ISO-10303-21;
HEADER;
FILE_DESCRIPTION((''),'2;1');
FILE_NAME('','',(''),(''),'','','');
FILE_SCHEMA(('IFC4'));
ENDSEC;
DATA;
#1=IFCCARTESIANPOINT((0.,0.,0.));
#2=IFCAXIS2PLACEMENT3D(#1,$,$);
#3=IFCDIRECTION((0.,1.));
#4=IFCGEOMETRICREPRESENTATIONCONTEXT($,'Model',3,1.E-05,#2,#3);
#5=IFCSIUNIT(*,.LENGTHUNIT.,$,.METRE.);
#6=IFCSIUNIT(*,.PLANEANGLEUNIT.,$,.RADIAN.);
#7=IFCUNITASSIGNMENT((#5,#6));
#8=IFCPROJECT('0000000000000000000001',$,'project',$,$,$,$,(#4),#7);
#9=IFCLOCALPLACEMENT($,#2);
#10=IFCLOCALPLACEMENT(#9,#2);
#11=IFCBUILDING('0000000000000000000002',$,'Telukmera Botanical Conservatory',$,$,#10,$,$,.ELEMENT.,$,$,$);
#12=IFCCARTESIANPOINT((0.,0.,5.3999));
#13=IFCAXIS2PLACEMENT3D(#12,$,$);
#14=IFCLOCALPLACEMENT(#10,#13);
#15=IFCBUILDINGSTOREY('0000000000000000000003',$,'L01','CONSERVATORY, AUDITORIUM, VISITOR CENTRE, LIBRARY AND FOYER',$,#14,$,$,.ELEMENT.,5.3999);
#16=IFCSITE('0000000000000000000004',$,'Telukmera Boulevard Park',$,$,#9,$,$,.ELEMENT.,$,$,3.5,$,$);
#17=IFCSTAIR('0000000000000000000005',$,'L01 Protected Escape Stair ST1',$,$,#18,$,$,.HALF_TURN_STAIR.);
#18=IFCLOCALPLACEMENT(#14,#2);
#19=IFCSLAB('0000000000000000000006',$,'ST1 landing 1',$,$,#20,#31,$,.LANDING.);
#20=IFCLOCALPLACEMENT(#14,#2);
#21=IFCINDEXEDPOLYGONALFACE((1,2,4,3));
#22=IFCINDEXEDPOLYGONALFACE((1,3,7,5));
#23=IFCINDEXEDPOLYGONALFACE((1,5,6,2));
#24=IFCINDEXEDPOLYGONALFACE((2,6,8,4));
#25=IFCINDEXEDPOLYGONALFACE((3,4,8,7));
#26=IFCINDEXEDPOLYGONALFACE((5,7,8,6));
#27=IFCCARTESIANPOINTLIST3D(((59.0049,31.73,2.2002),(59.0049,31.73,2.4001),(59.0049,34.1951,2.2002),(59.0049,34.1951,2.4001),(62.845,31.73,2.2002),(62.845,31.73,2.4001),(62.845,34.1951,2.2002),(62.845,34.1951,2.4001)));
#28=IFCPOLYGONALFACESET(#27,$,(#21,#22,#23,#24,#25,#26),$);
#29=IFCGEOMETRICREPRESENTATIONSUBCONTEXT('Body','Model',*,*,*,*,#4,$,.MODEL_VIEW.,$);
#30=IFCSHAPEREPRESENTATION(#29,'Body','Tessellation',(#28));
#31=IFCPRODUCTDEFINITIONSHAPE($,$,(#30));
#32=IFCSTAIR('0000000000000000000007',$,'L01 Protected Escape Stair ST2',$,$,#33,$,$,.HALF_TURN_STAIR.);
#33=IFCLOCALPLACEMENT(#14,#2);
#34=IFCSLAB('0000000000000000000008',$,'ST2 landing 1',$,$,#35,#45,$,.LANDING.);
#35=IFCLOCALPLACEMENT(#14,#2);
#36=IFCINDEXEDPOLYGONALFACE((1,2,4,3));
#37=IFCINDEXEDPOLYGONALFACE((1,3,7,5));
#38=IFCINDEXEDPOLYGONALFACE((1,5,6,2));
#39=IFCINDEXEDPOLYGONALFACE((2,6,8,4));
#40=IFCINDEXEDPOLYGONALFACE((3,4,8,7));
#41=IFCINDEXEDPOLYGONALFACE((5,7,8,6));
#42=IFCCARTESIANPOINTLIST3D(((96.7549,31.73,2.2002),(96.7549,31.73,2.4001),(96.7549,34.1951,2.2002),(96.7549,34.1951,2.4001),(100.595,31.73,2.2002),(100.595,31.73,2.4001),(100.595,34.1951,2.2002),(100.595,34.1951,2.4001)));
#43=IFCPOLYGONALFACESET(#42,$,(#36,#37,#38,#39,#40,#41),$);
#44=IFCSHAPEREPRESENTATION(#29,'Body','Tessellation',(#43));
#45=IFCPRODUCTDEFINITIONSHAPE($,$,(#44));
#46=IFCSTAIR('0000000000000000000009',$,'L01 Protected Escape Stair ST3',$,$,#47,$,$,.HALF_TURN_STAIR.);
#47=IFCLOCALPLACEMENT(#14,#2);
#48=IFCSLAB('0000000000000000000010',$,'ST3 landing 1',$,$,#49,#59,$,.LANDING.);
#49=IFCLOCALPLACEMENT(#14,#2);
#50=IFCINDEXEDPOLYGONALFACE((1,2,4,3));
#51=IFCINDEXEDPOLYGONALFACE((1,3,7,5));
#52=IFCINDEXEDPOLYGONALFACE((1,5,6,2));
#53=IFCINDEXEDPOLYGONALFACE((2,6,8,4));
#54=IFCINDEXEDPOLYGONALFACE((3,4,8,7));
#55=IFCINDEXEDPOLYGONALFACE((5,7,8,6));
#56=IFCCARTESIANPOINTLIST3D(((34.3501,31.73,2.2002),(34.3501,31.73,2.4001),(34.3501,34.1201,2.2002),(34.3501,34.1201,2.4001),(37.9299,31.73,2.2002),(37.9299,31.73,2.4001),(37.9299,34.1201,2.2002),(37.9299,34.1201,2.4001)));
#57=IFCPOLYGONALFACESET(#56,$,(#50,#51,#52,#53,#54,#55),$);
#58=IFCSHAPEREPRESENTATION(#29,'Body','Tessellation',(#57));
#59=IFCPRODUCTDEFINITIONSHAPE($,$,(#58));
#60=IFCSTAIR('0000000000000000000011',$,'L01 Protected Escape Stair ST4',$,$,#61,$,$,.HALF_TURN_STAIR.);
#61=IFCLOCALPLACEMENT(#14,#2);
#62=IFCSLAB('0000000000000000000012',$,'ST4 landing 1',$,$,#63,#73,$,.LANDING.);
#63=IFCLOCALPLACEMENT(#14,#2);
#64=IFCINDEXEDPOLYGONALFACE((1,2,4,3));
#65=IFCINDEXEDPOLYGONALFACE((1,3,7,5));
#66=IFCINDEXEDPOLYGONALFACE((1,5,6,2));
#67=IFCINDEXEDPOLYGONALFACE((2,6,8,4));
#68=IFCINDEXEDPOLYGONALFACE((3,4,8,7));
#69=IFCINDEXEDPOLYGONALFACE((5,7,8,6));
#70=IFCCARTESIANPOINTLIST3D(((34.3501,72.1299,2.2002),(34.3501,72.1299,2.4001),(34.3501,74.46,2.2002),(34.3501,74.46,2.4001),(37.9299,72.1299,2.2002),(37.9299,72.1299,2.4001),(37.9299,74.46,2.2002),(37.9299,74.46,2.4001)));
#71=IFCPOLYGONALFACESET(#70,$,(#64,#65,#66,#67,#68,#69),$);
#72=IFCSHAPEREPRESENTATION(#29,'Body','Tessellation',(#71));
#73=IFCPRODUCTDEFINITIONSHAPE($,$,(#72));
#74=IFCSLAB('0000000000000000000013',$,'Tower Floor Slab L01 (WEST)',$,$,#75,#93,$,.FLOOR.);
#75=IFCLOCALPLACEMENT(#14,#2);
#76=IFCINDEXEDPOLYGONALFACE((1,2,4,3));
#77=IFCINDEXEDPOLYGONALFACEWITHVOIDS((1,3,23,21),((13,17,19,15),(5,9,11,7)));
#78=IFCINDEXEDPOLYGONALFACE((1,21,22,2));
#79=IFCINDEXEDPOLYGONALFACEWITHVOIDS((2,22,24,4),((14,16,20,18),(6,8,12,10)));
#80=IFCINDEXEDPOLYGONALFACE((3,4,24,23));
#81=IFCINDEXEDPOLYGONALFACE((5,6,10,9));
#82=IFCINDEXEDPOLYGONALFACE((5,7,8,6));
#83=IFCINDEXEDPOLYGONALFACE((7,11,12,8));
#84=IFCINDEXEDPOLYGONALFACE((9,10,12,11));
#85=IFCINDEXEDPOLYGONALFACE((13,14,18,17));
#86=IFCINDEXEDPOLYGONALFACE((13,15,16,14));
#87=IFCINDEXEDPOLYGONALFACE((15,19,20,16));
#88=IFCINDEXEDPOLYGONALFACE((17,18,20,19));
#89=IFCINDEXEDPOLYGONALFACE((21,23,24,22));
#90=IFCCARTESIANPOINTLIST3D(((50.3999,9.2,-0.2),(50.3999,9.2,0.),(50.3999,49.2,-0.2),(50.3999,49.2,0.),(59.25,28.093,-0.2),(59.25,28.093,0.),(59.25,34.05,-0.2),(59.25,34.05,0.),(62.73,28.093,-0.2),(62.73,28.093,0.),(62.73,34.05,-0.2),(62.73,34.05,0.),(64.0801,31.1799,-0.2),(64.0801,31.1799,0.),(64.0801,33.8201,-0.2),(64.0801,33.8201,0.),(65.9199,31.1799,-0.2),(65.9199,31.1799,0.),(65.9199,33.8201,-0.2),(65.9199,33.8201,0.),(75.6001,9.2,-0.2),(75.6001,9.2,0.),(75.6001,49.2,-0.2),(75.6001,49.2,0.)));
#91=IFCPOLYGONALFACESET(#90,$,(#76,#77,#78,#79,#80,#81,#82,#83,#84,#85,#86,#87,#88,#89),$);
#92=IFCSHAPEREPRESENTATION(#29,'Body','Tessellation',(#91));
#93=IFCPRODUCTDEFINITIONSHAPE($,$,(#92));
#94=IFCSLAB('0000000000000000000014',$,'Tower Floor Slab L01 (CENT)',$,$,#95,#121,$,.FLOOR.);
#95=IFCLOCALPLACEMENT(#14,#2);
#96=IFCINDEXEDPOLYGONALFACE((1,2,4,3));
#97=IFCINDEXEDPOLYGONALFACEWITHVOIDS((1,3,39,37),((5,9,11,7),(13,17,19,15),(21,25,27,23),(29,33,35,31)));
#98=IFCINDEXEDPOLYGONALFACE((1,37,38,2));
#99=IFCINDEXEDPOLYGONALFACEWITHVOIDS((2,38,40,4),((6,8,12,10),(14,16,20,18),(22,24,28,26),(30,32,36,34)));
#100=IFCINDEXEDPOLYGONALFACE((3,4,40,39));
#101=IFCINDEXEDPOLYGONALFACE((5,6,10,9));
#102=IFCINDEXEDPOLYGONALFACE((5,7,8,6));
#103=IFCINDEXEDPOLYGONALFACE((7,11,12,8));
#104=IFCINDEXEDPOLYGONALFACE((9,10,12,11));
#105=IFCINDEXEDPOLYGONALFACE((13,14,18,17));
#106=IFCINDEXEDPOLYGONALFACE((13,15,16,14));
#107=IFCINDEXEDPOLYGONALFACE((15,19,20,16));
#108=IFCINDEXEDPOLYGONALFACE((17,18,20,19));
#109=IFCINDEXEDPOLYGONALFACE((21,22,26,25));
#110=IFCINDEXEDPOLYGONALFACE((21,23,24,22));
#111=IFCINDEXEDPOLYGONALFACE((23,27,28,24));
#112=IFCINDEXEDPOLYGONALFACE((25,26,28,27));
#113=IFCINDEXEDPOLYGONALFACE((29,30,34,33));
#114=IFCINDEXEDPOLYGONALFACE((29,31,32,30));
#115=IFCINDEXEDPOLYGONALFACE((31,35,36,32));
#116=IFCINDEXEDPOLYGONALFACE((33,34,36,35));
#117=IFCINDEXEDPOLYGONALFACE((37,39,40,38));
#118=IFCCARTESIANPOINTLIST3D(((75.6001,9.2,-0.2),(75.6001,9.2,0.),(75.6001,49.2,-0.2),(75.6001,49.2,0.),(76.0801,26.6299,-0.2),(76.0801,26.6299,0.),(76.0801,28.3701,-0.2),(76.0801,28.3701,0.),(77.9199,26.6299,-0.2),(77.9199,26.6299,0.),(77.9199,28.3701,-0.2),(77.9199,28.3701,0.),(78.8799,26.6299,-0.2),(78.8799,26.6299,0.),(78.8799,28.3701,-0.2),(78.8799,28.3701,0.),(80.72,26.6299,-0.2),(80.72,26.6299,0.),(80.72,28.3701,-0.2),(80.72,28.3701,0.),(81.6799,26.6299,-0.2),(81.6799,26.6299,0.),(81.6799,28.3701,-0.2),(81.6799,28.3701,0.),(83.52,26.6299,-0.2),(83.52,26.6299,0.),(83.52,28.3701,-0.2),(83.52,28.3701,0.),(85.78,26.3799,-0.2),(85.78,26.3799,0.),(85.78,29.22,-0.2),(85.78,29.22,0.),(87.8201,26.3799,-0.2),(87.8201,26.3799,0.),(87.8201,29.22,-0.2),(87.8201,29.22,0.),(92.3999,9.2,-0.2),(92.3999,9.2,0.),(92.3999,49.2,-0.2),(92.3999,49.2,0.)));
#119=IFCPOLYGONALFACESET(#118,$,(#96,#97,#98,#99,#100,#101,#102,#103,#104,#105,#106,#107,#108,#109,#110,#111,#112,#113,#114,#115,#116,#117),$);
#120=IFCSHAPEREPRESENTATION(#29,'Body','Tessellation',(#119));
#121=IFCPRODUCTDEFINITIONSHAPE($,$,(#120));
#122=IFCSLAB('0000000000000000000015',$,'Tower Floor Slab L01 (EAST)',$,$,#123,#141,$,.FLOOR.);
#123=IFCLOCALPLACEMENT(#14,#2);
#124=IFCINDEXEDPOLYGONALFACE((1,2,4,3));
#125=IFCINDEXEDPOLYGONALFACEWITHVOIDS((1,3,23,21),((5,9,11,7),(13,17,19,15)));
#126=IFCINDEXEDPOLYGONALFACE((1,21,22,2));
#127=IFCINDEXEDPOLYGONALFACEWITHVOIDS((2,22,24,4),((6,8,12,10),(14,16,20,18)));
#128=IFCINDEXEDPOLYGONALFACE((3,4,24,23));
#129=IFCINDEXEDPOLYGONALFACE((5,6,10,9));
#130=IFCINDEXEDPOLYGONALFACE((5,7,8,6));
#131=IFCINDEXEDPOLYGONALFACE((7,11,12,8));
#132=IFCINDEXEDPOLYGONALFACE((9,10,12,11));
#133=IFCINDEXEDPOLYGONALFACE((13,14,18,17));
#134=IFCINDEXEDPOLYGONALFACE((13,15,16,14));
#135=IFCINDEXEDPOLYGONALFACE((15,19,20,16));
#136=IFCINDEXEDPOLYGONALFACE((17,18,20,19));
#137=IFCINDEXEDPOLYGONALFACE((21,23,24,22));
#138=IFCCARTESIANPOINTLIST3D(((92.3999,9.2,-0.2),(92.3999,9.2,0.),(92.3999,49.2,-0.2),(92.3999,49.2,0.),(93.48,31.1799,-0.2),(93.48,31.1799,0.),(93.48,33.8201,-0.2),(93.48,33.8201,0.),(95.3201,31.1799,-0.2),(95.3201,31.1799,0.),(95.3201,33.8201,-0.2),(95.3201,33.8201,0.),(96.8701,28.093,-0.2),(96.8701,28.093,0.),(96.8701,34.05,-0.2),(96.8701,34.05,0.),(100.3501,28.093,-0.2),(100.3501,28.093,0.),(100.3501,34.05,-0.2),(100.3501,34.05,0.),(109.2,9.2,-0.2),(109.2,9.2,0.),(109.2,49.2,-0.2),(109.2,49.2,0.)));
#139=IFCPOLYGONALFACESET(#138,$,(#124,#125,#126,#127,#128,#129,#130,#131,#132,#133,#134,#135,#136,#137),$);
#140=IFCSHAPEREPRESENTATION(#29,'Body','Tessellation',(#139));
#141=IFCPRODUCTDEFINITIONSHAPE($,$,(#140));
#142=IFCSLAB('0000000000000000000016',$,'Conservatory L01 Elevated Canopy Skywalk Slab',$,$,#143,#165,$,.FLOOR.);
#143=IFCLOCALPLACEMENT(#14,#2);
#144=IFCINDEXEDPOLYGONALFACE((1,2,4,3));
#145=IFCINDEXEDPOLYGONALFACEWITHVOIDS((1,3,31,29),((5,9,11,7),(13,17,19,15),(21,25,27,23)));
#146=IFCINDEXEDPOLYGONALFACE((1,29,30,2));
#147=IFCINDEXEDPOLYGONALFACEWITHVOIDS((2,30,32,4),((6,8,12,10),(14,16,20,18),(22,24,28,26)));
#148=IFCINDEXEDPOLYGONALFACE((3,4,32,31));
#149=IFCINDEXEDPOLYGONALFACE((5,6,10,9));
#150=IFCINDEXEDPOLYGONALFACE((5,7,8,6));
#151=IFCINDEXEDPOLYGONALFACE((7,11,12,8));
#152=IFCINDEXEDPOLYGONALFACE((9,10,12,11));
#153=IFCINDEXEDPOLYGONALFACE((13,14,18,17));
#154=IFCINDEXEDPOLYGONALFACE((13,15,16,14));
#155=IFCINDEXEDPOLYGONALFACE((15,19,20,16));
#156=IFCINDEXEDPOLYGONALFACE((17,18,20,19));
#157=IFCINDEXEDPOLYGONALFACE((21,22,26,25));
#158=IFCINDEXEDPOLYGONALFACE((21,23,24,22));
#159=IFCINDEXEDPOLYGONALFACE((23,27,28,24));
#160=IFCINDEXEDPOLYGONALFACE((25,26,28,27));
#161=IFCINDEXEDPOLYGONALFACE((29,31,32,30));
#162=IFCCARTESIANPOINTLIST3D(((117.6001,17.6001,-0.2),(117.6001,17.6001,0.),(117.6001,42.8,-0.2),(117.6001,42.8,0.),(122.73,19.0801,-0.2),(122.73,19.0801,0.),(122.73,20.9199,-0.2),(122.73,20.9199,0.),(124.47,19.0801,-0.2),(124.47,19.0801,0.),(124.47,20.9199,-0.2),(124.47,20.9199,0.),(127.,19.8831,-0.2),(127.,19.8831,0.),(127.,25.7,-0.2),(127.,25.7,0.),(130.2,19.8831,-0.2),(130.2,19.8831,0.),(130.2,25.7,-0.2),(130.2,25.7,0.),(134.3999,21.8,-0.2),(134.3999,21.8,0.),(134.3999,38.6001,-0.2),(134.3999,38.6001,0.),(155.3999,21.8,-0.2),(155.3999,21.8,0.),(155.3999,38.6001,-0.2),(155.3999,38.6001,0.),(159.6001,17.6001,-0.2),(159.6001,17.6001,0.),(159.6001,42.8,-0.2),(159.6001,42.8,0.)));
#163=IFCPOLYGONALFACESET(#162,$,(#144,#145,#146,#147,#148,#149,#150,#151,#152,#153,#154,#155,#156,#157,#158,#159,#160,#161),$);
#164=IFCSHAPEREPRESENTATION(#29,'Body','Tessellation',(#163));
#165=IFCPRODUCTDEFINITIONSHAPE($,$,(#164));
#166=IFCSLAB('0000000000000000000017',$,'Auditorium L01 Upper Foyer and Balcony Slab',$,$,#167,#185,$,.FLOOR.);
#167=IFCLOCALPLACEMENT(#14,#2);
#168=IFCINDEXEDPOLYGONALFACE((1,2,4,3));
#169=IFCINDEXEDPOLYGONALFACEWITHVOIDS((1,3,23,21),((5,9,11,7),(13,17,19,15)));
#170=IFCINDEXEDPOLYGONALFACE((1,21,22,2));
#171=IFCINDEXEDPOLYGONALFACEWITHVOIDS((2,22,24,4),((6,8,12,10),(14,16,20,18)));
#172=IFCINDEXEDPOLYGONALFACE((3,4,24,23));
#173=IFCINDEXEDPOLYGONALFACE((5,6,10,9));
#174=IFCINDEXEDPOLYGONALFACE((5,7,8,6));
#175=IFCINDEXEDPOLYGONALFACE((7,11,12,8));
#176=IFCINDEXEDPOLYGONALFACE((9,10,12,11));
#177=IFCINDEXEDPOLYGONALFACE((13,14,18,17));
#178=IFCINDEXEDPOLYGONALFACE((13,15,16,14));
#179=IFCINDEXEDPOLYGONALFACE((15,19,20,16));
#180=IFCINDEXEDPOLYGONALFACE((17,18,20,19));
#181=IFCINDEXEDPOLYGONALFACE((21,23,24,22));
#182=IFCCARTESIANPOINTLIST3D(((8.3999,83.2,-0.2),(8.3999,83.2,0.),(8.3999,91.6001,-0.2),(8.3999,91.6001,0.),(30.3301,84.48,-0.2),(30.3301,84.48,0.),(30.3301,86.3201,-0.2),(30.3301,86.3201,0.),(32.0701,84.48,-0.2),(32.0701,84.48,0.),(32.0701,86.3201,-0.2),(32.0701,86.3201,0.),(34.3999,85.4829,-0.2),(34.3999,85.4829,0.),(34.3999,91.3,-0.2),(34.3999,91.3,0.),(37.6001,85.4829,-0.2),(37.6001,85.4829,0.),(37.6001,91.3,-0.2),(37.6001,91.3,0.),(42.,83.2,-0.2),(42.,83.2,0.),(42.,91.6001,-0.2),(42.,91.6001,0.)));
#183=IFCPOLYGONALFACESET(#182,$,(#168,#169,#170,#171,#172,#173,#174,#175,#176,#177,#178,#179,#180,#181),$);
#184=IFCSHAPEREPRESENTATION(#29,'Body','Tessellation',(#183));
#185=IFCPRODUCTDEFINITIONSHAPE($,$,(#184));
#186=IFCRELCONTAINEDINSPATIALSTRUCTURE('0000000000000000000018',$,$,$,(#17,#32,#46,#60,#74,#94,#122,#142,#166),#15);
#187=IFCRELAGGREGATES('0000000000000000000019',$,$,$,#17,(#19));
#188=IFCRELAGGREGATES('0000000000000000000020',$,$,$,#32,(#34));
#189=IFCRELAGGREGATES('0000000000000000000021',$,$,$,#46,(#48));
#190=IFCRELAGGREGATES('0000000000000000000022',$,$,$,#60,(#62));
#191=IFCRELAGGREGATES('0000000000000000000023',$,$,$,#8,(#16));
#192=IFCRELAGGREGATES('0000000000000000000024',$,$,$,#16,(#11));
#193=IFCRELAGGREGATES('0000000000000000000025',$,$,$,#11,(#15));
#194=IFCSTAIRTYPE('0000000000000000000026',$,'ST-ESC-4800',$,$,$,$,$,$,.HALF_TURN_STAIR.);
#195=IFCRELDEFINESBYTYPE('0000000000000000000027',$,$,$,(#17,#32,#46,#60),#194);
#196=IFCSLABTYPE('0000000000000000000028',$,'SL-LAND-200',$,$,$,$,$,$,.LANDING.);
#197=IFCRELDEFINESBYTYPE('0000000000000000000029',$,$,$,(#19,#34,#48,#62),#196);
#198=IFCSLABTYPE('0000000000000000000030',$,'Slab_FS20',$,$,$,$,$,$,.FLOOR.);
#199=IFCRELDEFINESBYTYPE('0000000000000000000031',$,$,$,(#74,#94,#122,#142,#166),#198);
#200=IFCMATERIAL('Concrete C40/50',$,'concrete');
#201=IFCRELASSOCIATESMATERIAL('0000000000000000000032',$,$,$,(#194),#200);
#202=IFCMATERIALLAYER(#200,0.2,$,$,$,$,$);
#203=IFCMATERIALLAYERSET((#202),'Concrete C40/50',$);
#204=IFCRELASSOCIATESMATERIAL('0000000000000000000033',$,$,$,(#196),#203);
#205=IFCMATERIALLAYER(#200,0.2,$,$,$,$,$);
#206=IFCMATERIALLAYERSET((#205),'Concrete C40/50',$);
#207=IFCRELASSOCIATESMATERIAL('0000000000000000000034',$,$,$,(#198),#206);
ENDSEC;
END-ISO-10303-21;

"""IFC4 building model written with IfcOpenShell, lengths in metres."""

from ifc_helpers import new_model, si_unit, direction, frame, origin, place, context, subcontext, project, spatial, polyline, outline, extrude, material, layer, layer_set, type_object, element, aggregate, save


model = new_model("IFC4")

# Units and contexts
model_context = context("Model", 3, precision=1e-05, world=origin(), true_north=direction((0.0, 1.0)))
body_context = subcontext(model_context, "Body", "Model", "MODEL_VIEW")
ifc_project = project(units=[si_unit("LENGTHUNIT", "METRE"), si_unit("PLANEANGLEUNIT", "RADIAN")], contexts=[model_context])

# Site, building, storey
site_placement = place(None, origin())
site = spatial("IfcSite", under=ifc_project, at=site_placement, Name="Telukmera Boulevard Park", CompositionType="ELEMENT", RefElevation=3.5)
building_placement = place(site_placement, origin())
building = spatial("IfcBuilding", under=site, at=building_placement, Name="Telukmera Botanical Conservatory", CompositionType="ELEMENT")
storey_placement = place(building_placement, frame((0.0, 0.0, 5.3999)))
storey = spatial("IfcBuildingStorey", under=building, at=storey_placement, Name="L01", Description="CONSERVATORY, AUDITORIUM, VISITOR CENTRE, LIBRARY AND FOYER", CompositionType="ELEMENT", Elevation=5.3999)

# Stairs, slabs
ifc_material_1 = material(Name="Concrete C40/50", Category="concrete")
stair_type = type_object("IfcStairType", Name="ST-ESC-4800", PredefinedType="HALF_TURN_STAIR", material=ifc_material_1)
stair_1_placement = place(storey_placement, origin())
stair_1 = element("IfcStair", 1, at=stair_1_placement, inside=storey, type_object=stair_type, Name="L01 Protected Escape Stair ST1", PredefinedType="HALF_TURN_STAIR")
ifc_layer_1 = layer(ifc_material_1, 0.2)
ifc_layer_set_1 = layer_set([ifc_layer_1], Name="Concrete C40/50")
slab_type_1 = type_object("IfcSlabType", Name="SL-LAND-200", PredefinedType="LANDING", material=ifc_layer_set_1)
slab_1_placement = place(storey_placement, frame((0.0, 0.0, 2.2002)))
slab_1 = element("IfcSlab", 2, at=slab_1_placement, type_object=slab_type_1, Name="ST1 landing 1", PredefinedType="LANDING", context=body_context, shape_type="SweptSolid", body=[
    extrude(outline(polyline([(59.0049, 31.73), (62.845, 31.73), (62.845, 34.1951), (59.0049, 34.1951), (59.0049, 31.73)])), origin(), (0.0, 0.0, 1.0), 0.2),
])
aggregate(stair_1, [slab_1])
stair_2_placement = place(storey_placement, origin())
stair_2 = element("IfcStair", 3, at=stair_2_placement, inside=storey, type_object=stair_type, Name="L01 Protected Escape Stair ST2", PredefinedType="HALF_TURN_STAIR")
slab_2_placement = place(storey_placement, frame((0.0, 0.0, 2.2002)))
slab_2 = element("IfcSlab", 4, at=slab_2_placement, type_object=slab_type_1, Name="ST2 landing 1", PredefinedType="LANDING", context=body_context, shape_type="SweptSolid", body=[
    extrude(outline(polyline([(96.7549, 31.73), (100.595, 31.73), (100.595, 34.1951), (96.7549, 34.1951), (96.7549, 31.73)])), origin(), (0.0, 0.0, 1.0), 0.2),
])
aggregate(stair_2, [slab_2])
stair_3_placement = place(storey_placement, origin())
stair_3 = element("IfcStair", 5, at=stair_3_placement, inside=storey, type_object=stair_type, Name="L01 Protected Escape Stair ST3", PredefinedType="HALF_TURN_STAIR")
slab_3_placement = place(storey_placement, frame((0.0, 0.0, 2.2002)))
slab_3 = element("IfcSlab", 6, at=slab_3_placement, type_object=slab_type_1, Name="ST3 landing 1", PredefinedType="LANDING", context=body_context, shape_type="SweptSolid", body=[
    extrude(outline(polyline([(34.3501, 31.73), (37.9299, 31.73), (37.9299, 34.1201), (34.3501, 34.1201), (34.3501, 31.73)])), origin(), (0.0, 0.0, 1.0), 0.2),
])
aggregate(stair_3, [slab_3])
stair_4_placement = place(storey_placement, origin())
stair_4 = element("IfcStair", 7, at=stair_4_placement, inside=storey, type_object=stair_type, Name="L01 Protected Escape Stair ST4", PredefinedType="HALF_TURN_STAIR")
slab_4_placement = place(storey_placement, frame((0.0, 0.0, 2.2002)))
slab_4 = element("IfcSlab", 8, at=slab_4_placement, type_object=slab_type_1, Name="ST4 landing 1", PredefinedType="LANDING", context=body_context, shape_type="SweptSolid", body=[
    extrude(outline(polyline([(34.3501, 72.1299), (37.9299, 72.1299), (37.9299, 74.46), (34.3501, 74.46), (34.3501, 72.1299)])), origin(), (0.0, 0.0, 1.0), 0.2),
])
aggregate(stair_4, [slab_4])

# Slabs
ifc_layer_2 = layer(ifc_material_1, 0.2)
ifc_layer_set_2 = layer_set([ifc_layer_2], Name="Concrete C40/50")
slab_type_2 = type_object("IfcSlabType", Name="Slab_FS20", PredefinedType="FLOOR", material=ifc_layer_set_2)
slab_5_placement = place(storey_placement, frame((0.0, 0.0, -0.2)))
element("IfcSlab", 9, at=slab_5_placement, inside=storey, type_object=slab_type_2, Name="Tower Floor Slab L01 (WEST)", PredefinedType="FLOOR", context=body_context, shape_type="SweptSolid", body=[
    extrude(outline(polyline([(50.3999, 9.2), (75.6001, 9.2), (75.6001, 49.2), (50.3999, 49.2), (50.3999, 9.2)]), holes=[polyline([(62.73, 28.093), (62.73, 34.05), (59.25, 34.05), (59.25, 28.093), (62.73, 28.093)]), polyline([(64.0801, 31.1799), (65.9199, 31.1799), (65.9199, 33.8201), (64.0801, 33.8201), (64.0801, 31.1799)])]), origin(), (0.0, 0.0, 1.0), 0.2),
])
slab_6_placement = place(storey_placement, frame((0.0, 0.0, -0.2)))
element("IfcSlab", 10, at=slab_6_placement, inside=storey, type_object=slab_type_2, Name="Tower Floor Slab L01 (CENT)", PredefinedType="FLOOR", context=body_context, shape_type="SweptSolid", body=[
    extrude(outline(polyline([(75.6001, 9.2), (92.3999, 9.2), (92.3999, 49.2), (75.6001, 49.2), (75.6001, 9.2)]), holes=[polyline([(85.78, 26.3799), (87.8201, 26.3799), (87.8201, 29.22), (85.78, 29.22), (85.78, 26.3799)]), polyline([(76.0801, 26.6299), (77.9199, 26.6299), (77.9199, 28.3701), (76.0801, 28.3701), (76.0801, 26.6299)]), polyline([(78.8799, 26.6299), (80.72, 26.6299), (80.72, 28.3701), (78.8799, 28.3701), (78.8799, 26.6299)]), polyline([(81.6799, 26.6299), (83.52, 26.6299), (83.52, 28.3701), (81.6799, 28.3701), (81.6799, 26.6299)])]), origin(), (0.0, 0.0, 1.0), 0.2),
])
slab_7_placement = place(storey_placement, frame((0.0, 0.0, -0.2)))
element("IfcSlab", 11, at=slab_7_placement, inside=storey, type_object=slab_type_2, Name="Tower Floor Slab L01 (EAST)", PredefinedType="FLOOR", context=body_context, shape_type="SweptSolid", body=[
    extrude(outline(polyline([(92.3999, 9.2), (109.2, 9.2), (109.2, 49.2), (92.3999, 49.2), (92.3999, 9.2)]), holes=[polyline([(100.3501, 28.093), (100.3501, 34.05), (96.8701, 34.05), (96.8701, 28.093), (100.3501, 28.093)]), polyline([(93.48, 31.1799), (95.3201, 31.1799), (95.3201, 33.8201), (93.48, 33.8201), (93.48, 31.1799)])]), origin(), (0.0, 0.0, 1.0), 0.2),
])
slab_8_placement = place(storey_placement, frame((0.0, 0.0, -0.2)))
element("IfcSlab", 12, at=slab_8_placement, inside=storey, type_object=slab_type_2, Name="Conservatory L01 Elevated Canopy Skywalk Slab", PredefinedType="FLOOR", context=body_context, shape_type="SweptSolid", body=[
    extrude(outline(polyline([(117.6001, 17.6001), (159.6001, 17.6001), (159.6001, 42.8), (117.6001, 42.8), (117.6001, 17.6001)]), holes=[polyline([(130.2, 19.8831), (130.2, 25.7), (127.0, 25.7), (127.0, 19.8831), (130.2, 19.8831)]), polyline([(122.73, 19.0801), (124.47, 19.0801), (124.47, 20.9199), (122.73, 20.9199), (122.73, 19.0801)]), polyline([(134.3999, 21.8), (155.3999, 21.8), (155.3999, 38.6001), (134.3999, 38.6001), (134.3999, 21.8)])]), origin(), (0.0, 0.0, 1.0), 0.2),
])
slab_9_placement = place(storey_placement, frame((0.0, 0.0, -0.2)))
element("IfcSlab", 13, at=slab_9_placement, inside=storey, type_object=slab_type_2, Name="Auditorium L01 Upper Foyer and Balcony Slab", PredefinedType="FLOOR", context=body_context, shape_type="SweptSolid", body=[
    extrude(outline(polyline([(8.3999, 83.2), (42.0, 83.2), (42.0, 91.6001), (8.3999, 91.6001), (8.3999, 83.2)]), holes=[polyline([(37.6001, 85.4829), (37.6001, 91.3), (34.3999, 91.3), (34.3999, 85.4829), (37.6001, 85.4829)]), polyline([(30.3301, 84.48), (32.0701, 84.48), (32.0701, 86.3201), (30.3301, 86.3201), (30.3301, 84.48)])]), origin(), (0.0, 0.0, 1.0), 0.2),
])

save(model, "model.ifc")
